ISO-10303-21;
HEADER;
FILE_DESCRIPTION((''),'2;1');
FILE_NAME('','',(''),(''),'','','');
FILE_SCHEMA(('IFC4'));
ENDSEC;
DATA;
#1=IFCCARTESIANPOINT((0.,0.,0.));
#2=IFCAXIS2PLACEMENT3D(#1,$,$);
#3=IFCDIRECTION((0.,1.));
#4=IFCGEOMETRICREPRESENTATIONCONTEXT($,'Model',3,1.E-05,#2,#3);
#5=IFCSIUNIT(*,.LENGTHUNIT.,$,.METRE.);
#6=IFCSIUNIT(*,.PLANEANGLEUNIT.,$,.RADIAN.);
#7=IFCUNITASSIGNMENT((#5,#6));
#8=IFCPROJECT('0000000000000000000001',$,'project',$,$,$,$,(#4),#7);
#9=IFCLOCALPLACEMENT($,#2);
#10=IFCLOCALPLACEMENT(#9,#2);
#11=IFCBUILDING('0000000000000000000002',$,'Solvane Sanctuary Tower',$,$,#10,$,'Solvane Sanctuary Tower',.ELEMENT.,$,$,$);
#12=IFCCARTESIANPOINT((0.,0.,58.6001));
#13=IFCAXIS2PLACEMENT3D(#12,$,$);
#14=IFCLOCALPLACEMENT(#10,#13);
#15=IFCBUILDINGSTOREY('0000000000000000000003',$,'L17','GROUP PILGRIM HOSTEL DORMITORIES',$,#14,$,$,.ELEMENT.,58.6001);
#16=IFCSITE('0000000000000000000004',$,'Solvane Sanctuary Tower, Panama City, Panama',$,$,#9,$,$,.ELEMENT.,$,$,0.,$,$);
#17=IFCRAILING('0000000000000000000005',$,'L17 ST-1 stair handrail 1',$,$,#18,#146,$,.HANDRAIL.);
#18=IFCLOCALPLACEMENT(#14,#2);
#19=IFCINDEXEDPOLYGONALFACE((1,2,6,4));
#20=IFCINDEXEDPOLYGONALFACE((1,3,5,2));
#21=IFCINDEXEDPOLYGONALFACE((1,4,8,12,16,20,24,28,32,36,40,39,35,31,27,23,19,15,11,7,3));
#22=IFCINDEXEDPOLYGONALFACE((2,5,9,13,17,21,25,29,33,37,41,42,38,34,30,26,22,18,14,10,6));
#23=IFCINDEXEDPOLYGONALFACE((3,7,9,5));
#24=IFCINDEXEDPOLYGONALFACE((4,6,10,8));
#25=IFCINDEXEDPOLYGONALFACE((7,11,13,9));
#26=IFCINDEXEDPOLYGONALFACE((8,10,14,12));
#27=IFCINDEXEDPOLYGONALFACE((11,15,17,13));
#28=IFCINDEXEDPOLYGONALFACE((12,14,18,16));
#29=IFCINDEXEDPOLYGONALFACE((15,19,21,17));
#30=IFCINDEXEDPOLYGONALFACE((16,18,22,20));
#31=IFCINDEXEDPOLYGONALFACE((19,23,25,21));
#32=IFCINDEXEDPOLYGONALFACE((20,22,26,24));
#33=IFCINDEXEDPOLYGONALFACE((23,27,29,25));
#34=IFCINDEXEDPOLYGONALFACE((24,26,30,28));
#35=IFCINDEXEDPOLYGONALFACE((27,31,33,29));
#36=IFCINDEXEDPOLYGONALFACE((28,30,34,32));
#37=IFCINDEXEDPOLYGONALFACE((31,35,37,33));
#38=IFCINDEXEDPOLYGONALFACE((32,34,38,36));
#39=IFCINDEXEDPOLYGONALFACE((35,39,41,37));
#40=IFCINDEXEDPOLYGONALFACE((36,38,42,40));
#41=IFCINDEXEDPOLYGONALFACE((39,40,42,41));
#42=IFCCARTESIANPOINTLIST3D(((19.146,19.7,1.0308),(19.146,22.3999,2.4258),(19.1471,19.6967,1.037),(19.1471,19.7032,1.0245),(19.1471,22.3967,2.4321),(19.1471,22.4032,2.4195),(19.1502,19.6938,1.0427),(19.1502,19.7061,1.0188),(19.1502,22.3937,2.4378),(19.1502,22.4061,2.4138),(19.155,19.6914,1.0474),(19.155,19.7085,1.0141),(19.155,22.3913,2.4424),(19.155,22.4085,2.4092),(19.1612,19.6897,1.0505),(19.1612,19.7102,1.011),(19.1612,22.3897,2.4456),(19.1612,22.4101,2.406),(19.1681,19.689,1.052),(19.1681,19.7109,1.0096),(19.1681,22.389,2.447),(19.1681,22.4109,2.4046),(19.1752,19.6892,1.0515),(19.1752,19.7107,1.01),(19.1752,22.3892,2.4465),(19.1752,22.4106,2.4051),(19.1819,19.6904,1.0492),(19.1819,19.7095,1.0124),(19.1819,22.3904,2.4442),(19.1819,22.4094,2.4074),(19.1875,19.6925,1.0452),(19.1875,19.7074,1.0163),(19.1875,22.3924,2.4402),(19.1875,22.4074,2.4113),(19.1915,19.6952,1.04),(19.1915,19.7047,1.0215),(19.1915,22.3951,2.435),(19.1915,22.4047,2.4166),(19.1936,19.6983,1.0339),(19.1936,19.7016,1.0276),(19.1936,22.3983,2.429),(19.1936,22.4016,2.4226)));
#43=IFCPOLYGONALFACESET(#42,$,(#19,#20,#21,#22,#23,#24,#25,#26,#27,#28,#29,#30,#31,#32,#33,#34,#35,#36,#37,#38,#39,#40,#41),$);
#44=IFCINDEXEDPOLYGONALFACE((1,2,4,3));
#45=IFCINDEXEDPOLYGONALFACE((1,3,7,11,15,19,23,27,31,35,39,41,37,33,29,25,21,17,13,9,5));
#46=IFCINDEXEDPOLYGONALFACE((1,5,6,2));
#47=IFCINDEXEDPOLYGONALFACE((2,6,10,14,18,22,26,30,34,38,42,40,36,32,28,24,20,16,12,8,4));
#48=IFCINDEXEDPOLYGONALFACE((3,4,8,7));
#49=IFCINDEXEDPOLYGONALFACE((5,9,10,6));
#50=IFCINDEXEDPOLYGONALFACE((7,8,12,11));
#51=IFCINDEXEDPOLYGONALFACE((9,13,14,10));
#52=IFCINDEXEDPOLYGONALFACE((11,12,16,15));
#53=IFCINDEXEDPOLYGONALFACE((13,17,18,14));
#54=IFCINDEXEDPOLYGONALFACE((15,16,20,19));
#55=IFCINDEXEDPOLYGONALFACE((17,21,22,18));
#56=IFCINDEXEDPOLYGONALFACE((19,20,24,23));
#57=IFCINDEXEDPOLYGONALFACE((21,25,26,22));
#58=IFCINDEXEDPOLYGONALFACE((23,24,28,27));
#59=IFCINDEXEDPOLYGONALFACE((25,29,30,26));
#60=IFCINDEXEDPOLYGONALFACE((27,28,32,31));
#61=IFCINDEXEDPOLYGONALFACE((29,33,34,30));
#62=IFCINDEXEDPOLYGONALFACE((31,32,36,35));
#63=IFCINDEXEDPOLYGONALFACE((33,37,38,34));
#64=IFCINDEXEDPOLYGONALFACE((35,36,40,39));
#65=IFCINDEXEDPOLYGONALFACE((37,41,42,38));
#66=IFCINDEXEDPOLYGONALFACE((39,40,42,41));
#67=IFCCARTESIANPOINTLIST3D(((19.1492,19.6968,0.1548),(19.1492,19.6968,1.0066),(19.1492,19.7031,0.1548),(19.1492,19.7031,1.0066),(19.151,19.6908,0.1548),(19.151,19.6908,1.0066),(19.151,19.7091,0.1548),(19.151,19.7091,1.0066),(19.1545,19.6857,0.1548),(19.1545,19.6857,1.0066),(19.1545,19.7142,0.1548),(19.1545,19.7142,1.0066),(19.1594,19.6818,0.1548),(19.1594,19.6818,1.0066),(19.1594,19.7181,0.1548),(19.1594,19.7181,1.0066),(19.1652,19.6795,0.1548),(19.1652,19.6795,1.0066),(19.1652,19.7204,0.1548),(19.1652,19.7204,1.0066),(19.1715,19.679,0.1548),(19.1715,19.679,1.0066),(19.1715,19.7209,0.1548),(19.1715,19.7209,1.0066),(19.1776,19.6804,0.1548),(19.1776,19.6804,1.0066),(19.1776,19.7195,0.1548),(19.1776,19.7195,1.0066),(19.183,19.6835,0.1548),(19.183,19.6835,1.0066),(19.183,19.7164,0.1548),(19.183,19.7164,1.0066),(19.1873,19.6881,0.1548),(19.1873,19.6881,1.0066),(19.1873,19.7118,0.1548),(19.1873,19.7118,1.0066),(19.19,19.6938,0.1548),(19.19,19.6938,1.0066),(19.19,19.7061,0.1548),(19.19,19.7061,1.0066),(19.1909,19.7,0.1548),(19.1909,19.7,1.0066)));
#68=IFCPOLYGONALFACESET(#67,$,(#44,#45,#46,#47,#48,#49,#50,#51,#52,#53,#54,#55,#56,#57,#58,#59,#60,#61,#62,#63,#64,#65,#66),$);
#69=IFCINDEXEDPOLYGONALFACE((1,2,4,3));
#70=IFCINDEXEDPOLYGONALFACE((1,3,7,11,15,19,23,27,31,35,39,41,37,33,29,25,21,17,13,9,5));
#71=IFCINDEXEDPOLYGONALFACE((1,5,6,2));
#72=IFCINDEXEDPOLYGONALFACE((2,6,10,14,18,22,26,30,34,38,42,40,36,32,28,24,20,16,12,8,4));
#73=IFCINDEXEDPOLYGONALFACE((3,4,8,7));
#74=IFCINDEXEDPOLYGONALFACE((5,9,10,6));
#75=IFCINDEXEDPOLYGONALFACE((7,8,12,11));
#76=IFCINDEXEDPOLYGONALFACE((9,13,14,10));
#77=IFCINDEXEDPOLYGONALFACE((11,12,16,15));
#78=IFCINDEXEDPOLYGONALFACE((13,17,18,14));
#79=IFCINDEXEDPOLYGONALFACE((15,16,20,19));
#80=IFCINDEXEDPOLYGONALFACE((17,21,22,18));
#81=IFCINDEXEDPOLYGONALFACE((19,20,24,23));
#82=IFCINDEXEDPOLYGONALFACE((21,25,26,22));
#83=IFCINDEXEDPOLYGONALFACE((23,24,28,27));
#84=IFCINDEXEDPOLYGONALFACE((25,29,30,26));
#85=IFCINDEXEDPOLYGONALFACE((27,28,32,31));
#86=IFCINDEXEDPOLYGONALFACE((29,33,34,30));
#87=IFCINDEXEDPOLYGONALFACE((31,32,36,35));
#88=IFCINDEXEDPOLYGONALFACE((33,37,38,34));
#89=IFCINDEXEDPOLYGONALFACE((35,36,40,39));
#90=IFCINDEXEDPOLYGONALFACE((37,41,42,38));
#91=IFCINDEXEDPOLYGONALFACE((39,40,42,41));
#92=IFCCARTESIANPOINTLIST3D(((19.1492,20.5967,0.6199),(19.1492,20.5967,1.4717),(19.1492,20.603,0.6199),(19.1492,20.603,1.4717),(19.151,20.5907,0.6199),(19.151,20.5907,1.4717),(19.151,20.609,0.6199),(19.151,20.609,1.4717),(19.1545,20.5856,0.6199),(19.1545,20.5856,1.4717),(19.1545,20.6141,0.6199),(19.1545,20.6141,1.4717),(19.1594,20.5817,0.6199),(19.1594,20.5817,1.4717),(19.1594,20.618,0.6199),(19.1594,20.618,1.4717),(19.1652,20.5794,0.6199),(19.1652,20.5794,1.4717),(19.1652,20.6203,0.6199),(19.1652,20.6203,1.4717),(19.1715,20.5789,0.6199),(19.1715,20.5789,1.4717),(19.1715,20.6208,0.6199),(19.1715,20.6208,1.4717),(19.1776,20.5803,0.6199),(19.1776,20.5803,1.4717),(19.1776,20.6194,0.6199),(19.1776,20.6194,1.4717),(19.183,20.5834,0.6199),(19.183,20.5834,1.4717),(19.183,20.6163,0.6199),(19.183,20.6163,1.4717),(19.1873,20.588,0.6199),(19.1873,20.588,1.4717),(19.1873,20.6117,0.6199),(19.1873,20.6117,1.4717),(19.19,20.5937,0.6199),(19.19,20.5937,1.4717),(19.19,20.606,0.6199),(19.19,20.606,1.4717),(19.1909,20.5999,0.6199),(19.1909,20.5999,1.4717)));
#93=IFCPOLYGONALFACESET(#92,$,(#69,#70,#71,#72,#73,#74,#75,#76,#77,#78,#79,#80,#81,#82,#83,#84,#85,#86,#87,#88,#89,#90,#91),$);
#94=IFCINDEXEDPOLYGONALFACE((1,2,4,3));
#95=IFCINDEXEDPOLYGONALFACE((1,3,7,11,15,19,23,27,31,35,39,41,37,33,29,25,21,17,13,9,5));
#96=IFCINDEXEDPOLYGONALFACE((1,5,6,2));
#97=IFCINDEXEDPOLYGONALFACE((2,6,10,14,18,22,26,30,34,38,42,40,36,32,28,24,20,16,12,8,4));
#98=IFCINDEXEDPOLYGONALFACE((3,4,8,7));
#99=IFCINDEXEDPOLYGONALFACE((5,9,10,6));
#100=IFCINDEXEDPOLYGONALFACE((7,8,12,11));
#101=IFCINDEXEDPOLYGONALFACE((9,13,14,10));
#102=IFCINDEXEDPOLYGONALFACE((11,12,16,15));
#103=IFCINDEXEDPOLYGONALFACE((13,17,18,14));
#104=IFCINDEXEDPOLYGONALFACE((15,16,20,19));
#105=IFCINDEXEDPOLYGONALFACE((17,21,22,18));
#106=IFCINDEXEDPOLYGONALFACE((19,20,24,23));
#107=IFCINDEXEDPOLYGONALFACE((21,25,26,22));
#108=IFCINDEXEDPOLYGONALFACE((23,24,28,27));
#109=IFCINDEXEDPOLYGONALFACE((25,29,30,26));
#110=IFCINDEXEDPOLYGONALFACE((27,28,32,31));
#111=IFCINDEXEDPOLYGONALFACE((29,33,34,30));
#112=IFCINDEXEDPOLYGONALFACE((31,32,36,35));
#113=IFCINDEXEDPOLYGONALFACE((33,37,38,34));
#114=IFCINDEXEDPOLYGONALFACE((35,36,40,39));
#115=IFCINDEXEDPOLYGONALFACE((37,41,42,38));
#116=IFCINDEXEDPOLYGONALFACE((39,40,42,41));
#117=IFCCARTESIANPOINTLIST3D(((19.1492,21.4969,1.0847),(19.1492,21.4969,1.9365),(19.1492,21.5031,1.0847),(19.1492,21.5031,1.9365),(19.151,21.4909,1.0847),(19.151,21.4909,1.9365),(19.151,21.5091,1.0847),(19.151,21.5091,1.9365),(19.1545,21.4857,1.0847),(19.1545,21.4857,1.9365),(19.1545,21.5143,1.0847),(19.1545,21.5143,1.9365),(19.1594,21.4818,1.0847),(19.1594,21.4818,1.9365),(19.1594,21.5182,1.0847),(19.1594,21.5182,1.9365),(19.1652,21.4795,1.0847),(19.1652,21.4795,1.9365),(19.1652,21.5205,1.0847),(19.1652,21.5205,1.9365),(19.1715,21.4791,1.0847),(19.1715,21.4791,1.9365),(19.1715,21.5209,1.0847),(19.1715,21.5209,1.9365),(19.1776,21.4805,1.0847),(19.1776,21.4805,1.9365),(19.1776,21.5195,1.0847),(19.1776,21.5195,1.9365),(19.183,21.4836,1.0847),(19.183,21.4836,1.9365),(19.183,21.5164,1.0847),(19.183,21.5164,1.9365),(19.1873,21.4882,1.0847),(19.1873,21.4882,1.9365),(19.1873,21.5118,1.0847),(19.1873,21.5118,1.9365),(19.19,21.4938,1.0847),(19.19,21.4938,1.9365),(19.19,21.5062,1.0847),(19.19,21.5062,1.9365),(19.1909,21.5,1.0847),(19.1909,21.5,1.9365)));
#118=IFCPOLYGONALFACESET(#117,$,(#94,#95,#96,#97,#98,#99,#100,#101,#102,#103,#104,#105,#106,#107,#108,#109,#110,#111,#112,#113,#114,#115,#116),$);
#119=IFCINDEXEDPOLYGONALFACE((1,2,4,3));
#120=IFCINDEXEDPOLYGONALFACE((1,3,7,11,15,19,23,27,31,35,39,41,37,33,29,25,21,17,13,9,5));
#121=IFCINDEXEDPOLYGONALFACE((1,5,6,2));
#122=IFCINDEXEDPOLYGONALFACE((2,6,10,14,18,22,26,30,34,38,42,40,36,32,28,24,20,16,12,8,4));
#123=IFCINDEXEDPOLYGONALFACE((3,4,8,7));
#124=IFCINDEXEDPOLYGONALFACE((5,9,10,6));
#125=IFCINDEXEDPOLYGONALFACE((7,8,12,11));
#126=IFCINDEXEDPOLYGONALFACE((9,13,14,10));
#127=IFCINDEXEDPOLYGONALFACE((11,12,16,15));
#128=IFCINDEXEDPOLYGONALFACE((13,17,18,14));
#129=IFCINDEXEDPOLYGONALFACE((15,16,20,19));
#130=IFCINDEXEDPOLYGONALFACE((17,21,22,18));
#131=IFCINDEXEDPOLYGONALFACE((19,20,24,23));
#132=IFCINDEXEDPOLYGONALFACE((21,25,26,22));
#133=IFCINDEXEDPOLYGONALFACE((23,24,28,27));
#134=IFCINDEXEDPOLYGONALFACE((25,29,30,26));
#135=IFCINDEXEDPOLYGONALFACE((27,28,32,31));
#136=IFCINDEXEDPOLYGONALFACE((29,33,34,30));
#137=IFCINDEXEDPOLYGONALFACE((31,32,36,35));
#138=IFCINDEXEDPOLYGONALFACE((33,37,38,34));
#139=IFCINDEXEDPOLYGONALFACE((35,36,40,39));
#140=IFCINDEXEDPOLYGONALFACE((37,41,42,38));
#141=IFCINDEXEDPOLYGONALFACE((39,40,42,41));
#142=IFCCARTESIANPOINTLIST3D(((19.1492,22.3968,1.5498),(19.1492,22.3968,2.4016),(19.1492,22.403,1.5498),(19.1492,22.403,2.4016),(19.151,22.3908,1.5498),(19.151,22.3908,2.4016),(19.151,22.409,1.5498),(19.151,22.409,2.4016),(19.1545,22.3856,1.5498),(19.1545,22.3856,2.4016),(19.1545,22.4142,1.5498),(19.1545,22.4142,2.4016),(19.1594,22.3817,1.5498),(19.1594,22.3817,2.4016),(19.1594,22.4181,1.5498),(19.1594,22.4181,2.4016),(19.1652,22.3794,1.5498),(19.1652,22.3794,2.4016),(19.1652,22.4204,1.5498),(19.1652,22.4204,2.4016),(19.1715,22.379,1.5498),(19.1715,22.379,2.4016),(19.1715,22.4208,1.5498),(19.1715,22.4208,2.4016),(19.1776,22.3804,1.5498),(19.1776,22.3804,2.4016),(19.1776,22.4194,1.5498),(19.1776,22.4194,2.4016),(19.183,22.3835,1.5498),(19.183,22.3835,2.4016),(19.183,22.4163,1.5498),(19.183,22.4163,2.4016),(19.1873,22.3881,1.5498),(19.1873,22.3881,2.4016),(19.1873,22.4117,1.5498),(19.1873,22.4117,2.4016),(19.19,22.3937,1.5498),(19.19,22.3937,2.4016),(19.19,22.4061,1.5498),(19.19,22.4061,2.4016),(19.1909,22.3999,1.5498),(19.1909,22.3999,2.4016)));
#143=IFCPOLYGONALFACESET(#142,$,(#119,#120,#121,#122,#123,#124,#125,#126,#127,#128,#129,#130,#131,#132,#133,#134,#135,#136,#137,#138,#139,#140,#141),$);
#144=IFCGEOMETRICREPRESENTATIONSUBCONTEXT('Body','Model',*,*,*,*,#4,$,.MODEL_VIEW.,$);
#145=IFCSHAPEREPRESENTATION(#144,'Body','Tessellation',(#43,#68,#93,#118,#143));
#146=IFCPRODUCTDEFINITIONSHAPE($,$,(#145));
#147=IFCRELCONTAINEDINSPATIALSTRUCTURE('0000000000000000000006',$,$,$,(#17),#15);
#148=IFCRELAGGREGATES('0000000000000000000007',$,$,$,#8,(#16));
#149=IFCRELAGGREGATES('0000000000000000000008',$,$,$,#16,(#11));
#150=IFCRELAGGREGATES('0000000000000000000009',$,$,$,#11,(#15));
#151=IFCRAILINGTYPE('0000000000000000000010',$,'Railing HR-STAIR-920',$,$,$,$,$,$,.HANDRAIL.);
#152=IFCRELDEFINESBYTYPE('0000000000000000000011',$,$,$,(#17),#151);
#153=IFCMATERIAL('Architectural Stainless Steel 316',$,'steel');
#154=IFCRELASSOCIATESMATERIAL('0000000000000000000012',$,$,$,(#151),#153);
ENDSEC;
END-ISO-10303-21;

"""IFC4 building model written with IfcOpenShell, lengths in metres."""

from ifc_helpers import new_model, si_unit, direction, frame, origin, origin_2d, place, context, subcontext, project, spatial, circle, extrude, material, type_object, element, save


model = new_model("IFC4")

# Units and contexts
model_context = context("Model", 3, precision=1e-05, world=origin(), true_north=direction((0.0, 1.0)))
body_context = subcontext(model_context, "Body", "Model", "MODEL_VIEW")
ifc_project = project(units=[si_unit("LENGTHUNIT", "METRE"), si_unit("PLANEANGLEUNIT", "RADIAN")], contexts=[model_context])

# Site, building, storey
site_placement = place(None, origin())
site = spatial("IfcSite", under=ifc_project, at=site_placement, Name="Solvane Sanctuary Tower, Panama City, Panama", CompositionType="ELEMENT", RefElevation=0.0)
building_placement = place(site_placement, origin())
building = spatial("IfcBuilding", under=site, at=building_placement, Name="Solvane Sanctuary Tower", LongName="Solvane Sanctuary Tower", CompositionType="ELEMENT")
storey_placement = place(building_placement, frame((0.0, 0.0, 58.6001)))
storey = spatial("IfcBuildingStorey", under=building, at=storey_placement, Name="L17", Description="GROUP PILGRIM HOSTEL DORMITORIES", CompositionType="ELEMENT", Elevation=58.6001)

# Shared definitions
ifc_material_1 = material(Name="Architectural Stainless Steel 316", Category="steel")

# Railing
railing_type = type_object("IfcRailingType", Name="Railing HR-STAIR-920", PredefinedType="HANDRAIL", material=ifc_material_1)
railing_placement = place(storey_placement, frame((19.1699, 19.7, 0.1548)))
element("IfcRailing", 1, at=railing_placement, inside=storey, type_object=railing_type, Name="L17 ST-1 stair handrail 1", PredefinedType="HANDRAIL", context=body_context, shape_type="SweptSolid", body=[
    extrude(circle(Radius=0.0239, at=origin_2d()), frame((0.0, 0.0, 0.876), z_axis=(0.0, 0.88842, 0.459032), x_axis=(-1.0, 0.0, 0.0)), (0.0, 0.0, 1.0), 3.0391),
    extrude(circle(Radius=0.021, at=origin_2d()), origin(), (0.0, 0.0, 1.0), 0.8518),
    extrude(circle(Radius=0.021, at=origin_2d()), frame((0.0, 0.8999, 0.4651)), (0.0, 0.0, 1.0), 0.8518),
    extrude(circle(Radius=0.021, at=origin_2d()), frame((0.0, 1.8, 0.9299)), (0.0, 0.0, 1.0), 0.8518),
    extrude(circle(Radius=0.021, at=origin_2d()), frame((0.0, 2.7, 1.395)), (0.0, 0.0, 1.0), 0.8518),
])

save(model, "model.ifc")
